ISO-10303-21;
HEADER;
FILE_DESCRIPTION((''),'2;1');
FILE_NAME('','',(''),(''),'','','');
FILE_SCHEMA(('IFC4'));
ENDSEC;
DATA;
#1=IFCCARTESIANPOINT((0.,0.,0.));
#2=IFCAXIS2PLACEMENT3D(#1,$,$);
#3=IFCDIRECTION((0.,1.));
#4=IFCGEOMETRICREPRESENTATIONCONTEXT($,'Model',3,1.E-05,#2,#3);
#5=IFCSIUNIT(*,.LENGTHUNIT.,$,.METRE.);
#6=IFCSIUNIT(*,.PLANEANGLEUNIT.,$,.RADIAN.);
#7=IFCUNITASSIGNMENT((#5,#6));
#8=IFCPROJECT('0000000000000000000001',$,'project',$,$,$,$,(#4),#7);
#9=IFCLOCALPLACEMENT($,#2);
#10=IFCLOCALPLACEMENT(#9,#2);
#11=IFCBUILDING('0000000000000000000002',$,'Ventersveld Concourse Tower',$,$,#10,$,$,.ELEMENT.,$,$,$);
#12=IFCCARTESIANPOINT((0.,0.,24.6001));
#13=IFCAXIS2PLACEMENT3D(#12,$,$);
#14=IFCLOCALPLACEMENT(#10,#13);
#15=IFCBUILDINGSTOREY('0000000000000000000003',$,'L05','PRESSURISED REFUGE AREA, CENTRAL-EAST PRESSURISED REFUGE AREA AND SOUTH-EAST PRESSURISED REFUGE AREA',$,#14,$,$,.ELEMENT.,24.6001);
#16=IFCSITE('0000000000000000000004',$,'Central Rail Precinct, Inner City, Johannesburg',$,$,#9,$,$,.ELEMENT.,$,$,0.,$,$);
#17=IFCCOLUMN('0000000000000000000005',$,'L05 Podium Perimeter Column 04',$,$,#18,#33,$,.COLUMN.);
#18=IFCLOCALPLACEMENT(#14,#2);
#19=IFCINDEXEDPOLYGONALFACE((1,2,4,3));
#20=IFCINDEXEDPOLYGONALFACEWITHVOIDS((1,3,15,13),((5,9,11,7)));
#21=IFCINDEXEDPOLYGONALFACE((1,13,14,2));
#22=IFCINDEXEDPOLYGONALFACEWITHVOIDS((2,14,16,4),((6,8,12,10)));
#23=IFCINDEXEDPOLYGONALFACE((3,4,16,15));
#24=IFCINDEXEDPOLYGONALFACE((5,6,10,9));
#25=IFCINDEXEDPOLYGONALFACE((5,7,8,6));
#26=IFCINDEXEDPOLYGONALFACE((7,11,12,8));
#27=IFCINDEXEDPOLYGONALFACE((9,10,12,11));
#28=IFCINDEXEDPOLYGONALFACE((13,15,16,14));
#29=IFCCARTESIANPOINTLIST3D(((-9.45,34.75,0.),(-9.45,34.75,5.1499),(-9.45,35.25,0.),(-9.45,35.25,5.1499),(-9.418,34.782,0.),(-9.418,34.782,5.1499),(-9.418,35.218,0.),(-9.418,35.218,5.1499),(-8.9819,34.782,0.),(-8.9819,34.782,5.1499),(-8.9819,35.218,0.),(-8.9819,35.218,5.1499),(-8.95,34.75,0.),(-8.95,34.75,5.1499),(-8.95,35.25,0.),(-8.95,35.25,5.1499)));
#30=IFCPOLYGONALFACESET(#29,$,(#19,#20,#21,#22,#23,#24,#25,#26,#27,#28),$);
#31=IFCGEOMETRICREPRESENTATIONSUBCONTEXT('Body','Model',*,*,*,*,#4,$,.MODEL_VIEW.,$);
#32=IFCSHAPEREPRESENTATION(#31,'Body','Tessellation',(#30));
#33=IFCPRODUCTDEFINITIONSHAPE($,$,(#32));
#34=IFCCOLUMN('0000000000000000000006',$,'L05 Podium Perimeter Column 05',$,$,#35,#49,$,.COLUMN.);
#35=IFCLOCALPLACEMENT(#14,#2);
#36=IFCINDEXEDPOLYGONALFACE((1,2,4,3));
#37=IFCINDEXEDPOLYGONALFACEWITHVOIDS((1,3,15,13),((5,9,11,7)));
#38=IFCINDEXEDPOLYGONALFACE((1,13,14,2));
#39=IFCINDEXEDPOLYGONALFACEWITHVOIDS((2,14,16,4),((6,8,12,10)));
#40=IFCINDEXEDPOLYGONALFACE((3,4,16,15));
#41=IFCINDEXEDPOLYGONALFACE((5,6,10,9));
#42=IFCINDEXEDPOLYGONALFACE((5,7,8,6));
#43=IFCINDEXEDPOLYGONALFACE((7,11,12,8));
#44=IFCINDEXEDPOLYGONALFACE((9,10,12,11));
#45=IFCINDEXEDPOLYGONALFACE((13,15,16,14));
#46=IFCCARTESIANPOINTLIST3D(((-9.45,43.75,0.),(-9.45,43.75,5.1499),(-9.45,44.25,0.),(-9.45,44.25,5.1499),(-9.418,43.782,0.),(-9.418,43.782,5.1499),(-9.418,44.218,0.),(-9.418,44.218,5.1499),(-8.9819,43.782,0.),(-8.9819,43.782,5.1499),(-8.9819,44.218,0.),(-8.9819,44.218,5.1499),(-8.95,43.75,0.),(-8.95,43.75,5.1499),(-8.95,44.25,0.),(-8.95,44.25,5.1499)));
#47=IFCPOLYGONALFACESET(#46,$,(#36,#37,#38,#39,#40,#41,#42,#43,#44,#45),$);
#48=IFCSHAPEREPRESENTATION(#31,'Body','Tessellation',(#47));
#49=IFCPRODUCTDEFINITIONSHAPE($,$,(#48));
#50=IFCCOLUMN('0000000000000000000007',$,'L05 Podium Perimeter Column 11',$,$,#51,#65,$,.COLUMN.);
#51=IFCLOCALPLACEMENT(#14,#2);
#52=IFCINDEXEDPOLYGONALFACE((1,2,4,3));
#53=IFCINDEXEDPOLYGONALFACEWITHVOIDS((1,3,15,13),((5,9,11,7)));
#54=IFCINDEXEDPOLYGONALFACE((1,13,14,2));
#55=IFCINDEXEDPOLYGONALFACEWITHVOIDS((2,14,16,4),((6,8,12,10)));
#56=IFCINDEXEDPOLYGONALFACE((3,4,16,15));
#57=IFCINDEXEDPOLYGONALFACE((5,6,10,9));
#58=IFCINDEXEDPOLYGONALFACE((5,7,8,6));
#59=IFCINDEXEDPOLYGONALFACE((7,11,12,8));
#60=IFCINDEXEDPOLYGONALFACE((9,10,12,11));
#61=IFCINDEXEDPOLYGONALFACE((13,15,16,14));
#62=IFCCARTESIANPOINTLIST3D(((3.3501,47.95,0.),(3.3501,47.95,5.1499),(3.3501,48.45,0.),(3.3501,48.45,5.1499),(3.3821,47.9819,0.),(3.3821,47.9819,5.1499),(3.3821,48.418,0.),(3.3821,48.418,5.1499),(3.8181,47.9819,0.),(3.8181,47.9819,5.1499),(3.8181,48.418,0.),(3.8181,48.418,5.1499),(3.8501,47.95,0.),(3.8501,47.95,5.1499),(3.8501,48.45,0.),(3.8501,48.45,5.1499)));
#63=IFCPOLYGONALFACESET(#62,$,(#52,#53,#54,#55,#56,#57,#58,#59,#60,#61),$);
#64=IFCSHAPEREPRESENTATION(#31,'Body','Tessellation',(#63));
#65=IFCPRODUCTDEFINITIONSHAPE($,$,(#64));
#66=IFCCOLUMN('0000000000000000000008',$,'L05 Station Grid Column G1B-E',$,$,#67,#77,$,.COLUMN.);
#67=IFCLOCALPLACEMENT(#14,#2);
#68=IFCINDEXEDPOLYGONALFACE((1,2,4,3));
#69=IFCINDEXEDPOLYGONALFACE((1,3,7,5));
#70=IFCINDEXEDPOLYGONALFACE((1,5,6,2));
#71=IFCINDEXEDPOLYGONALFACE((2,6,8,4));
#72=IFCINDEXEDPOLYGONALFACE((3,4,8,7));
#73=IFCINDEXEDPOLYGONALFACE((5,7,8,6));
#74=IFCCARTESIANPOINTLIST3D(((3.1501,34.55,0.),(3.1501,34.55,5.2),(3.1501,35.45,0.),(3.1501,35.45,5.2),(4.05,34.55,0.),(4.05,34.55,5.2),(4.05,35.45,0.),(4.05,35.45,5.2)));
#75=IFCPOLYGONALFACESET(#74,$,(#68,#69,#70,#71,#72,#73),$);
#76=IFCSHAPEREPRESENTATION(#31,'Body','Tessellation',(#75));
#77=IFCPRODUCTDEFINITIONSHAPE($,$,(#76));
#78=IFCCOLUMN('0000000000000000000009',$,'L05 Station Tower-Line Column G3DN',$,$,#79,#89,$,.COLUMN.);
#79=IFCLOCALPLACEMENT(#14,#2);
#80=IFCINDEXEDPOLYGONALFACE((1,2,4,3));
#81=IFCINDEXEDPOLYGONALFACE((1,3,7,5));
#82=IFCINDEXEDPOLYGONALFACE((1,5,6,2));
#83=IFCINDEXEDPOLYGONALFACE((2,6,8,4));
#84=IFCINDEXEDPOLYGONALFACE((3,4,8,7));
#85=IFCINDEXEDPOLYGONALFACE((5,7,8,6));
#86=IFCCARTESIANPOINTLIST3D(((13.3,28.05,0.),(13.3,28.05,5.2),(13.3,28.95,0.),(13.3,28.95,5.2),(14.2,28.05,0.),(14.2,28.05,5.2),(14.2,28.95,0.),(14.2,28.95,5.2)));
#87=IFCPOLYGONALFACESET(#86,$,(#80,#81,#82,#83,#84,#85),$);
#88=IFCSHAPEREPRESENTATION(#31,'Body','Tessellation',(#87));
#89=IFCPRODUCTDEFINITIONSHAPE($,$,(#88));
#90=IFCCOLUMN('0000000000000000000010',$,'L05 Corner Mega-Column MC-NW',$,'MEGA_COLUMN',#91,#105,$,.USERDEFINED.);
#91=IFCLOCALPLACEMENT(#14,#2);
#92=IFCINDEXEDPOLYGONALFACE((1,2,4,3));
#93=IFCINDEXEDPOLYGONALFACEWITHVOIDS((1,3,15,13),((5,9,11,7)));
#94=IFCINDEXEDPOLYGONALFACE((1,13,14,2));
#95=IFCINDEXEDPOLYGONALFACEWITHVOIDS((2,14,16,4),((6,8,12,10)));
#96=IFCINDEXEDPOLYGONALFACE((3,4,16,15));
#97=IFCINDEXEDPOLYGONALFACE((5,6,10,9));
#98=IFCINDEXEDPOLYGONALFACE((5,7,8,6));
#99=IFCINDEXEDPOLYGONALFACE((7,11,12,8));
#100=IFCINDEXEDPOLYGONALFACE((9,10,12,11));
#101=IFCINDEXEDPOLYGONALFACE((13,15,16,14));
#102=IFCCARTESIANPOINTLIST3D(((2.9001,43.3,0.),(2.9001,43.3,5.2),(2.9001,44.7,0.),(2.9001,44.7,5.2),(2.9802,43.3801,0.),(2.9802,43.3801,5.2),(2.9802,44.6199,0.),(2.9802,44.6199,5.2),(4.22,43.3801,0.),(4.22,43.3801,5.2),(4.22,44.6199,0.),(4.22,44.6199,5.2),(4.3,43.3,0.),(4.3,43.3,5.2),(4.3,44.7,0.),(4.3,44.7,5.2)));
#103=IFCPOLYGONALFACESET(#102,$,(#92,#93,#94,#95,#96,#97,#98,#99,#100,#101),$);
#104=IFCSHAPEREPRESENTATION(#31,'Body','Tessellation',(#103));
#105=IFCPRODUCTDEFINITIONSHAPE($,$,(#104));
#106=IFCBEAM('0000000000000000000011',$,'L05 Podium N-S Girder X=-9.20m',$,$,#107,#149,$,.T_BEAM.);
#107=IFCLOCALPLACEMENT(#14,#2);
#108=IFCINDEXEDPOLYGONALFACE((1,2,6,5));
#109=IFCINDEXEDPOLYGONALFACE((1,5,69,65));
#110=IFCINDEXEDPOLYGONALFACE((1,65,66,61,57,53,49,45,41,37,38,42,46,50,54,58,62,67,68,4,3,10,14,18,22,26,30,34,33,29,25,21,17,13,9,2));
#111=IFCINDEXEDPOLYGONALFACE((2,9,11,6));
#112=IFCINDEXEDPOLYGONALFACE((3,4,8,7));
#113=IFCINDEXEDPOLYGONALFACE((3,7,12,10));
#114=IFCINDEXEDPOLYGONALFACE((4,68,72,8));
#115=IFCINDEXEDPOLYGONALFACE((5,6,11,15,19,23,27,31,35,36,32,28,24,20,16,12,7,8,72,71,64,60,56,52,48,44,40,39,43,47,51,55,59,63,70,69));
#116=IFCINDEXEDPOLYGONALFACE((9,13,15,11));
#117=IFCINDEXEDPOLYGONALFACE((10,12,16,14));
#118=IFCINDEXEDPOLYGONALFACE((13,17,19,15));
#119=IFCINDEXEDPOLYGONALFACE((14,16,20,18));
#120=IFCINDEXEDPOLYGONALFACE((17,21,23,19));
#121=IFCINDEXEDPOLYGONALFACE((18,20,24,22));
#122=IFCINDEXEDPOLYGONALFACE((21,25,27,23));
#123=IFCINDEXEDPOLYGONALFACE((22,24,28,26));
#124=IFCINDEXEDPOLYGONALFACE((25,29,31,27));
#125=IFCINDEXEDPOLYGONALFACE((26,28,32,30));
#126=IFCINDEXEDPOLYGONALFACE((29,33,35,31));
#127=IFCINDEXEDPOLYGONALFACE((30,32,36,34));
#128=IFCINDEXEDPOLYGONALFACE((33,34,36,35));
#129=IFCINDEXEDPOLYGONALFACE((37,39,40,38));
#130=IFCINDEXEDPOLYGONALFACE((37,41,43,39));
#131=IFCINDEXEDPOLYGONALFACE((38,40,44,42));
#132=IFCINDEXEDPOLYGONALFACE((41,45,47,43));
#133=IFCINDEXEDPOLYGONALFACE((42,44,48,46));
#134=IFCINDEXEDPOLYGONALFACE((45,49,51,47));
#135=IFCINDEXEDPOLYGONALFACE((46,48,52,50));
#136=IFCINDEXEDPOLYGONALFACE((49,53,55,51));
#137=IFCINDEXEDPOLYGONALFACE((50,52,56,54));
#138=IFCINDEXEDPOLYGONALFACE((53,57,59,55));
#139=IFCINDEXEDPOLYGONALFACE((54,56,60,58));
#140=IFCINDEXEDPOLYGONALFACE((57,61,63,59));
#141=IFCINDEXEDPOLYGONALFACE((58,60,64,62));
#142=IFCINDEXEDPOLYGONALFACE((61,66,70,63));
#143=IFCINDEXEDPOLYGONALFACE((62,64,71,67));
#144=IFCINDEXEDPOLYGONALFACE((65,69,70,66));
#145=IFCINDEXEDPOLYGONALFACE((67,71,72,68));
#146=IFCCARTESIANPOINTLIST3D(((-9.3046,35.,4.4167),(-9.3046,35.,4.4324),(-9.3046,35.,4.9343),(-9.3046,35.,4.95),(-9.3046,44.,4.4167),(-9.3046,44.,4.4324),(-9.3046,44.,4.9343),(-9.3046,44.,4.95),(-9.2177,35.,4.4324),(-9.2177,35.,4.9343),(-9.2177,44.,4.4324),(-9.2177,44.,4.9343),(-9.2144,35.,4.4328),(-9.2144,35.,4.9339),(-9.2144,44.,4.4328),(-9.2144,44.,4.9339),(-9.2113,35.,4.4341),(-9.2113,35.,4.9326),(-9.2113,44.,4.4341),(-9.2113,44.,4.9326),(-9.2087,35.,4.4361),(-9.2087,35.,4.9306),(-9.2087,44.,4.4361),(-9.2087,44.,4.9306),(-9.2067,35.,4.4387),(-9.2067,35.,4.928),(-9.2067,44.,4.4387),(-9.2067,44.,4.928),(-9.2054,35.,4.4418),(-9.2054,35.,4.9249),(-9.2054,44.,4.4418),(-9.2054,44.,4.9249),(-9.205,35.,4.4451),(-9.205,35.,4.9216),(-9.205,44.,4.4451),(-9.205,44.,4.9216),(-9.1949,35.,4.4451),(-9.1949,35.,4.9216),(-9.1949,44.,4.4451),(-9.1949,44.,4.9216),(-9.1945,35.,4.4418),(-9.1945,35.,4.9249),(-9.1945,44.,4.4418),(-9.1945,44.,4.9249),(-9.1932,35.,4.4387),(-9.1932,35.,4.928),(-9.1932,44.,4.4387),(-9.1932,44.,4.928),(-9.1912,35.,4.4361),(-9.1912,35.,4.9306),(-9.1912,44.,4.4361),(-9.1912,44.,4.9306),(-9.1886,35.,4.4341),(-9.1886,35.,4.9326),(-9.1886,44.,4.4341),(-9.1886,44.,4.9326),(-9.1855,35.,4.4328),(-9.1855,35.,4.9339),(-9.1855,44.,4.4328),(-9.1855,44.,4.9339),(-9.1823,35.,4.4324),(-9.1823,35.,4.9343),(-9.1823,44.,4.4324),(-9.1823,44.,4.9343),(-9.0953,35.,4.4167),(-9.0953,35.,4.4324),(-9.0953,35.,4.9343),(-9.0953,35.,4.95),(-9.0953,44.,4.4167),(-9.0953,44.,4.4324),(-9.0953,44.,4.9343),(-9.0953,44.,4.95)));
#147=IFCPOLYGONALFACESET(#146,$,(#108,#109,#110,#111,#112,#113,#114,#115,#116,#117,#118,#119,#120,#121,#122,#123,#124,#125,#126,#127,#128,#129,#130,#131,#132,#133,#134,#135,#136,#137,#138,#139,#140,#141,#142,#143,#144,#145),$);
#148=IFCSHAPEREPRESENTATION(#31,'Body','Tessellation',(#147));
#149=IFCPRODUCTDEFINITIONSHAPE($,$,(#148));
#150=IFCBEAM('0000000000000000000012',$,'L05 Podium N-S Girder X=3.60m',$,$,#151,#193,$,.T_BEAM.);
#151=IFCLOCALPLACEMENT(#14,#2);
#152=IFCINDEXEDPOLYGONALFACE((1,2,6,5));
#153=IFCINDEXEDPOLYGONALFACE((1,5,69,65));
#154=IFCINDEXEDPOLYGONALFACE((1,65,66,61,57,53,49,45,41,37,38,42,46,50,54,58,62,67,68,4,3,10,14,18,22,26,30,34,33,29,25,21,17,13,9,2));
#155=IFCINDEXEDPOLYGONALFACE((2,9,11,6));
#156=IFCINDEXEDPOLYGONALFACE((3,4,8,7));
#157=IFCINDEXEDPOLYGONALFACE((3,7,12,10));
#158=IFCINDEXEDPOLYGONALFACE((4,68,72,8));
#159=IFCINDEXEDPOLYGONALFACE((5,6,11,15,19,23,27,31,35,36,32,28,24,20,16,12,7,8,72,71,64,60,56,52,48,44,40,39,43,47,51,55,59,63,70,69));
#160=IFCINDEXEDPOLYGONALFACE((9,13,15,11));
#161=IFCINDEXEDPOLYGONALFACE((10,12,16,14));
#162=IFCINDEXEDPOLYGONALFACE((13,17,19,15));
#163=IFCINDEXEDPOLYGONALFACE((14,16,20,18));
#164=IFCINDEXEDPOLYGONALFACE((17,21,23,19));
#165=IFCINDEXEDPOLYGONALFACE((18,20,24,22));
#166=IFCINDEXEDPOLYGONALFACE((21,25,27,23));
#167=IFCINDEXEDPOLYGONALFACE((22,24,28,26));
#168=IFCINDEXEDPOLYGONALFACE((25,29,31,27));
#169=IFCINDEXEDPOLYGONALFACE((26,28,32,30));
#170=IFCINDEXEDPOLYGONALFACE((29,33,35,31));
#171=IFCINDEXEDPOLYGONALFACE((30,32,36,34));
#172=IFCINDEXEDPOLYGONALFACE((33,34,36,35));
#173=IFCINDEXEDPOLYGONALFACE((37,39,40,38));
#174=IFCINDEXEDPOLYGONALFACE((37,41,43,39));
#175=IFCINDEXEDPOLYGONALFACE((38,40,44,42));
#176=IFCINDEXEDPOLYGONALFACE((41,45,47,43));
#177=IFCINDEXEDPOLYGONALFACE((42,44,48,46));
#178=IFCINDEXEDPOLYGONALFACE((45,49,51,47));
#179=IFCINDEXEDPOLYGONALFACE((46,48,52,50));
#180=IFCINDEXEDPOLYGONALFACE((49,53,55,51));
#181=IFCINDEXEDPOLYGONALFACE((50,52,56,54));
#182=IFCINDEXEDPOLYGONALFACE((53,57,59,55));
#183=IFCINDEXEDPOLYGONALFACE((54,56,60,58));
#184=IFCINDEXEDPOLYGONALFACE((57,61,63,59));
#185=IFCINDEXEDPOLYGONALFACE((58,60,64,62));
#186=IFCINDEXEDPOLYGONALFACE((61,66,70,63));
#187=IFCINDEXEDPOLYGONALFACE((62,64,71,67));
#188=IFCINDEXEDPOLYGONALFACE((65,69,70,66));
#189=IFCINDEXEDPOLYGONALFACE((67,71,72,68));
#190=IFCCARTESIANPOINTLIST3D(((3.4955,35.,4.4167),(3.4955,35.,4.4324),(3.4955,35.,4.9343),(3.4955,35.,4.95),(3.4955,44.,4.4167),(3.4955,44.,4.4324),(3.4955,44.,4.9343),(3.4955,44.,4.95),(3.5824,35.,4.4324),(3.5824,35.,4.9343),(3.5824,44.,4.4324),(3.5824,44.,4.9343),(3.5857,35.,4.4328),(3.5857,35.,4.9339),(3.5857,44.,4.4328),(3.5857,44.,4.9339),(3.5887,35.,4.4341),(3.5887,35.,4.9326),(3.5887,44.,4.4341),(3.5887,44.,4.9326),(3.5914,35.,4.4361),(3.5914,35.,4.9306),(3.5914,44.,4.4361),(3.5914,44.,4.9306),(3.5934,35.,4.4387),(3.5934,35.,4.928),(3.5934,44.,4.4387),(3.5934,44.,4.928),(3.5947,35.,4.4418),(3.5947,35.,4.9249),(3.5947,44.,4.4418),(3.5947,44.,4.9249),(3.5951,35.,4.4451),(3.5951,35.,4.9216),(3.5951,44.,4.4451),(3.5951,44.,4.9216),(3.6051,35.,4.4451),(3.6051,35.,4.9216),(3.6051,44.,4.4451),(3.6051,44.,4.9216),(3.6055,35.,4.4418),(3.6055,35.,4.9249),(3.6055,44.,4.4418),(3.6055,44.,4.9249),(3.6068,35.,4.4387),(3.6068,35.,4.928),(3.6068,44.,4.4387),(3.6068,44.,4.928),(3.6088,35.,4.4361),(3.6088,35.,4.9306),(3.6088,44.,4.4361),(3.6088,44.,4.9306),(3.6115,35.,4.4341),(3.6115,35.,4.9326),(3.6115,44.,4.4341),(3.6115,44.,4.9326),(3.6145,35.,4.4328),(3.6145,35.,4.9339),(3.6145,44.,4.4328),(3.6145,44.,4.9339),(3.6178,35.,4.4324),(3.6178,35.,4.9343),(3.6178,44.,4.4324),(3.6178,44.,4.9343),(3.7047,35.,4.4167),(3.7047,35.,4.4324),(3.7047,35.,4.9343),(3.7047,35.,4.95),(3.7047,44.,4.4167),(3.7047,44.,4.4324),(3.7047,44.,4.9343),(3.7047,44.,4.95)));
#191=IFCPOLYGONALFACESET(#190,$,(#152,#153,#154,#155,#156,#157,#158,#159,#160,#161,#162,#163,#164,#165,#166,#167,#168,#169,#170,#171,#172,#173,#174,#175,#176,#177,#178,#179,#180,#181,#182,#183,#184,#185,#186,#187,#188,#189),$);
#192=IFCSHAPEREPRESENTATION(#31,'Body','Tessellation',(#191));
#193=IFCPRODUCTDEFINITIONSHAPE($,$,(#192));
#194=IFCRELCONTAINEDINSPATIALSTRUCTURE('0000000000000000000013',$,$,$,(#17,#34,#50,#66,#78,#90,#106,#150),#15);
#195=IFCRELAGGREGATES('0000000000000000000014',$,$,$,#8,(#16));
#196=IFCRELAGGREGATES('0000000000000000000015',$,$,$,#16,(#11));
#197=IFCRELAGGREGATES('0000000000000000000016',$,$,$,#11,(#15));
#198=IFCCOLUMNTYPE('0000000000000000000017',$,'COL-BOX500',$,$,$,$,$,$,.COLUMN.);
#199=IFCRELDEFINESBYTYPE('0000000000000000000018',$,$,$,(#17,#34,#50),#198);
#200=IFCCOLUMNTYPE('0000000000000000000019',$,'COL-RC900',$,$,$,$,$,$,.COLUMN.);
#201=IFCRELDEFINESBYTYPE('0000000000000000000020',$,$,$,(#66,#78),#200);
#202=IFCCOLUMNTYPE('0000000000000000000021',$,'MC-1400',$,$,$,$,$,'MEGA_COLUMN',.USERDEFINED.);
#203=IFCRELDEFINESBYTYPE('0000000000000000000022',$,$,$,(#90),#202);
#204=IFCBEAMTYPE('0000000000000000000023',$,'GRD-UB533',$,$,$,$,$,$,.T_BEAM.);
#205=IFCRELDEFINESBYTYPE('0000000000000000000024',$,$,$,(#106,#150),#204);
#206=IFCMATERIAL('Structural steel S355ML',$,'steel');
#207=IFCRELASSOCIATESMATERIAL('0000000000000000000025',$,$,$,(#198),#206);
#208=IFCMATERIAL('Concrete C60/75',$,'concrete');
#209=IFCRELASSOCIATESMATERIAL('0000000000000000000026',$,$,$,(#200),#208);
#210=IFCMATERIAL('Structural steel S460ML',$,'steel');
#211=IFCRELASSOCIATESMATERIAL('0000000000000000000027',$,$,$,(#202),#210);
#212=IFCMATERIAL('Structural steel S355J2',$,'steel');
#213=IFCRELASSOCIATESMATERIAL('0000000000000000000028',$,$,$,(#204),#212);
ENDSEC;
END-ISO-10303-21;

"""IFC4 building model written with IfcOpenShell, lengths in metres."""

from ifc_helpers import new_model, si_unit, direction, frame, origin, origin_2d, place, context, subcontext, project, spatial, rectangle, hollow_rectangle, i_section, extrude, material, material_profile, profile_set, type_object, element, save


model = new_model("IFC4")

# Units and contexts
model_context = context("Model", 3, precision=1e-05, world=origin(), true_north=direction((0.0, 1.0)))
body_context = subcontext(model_context, "Body", "Model", "MODEL_VIEW")
ifc_project = project(units=[si_unit("LENGTHUNIT", "METRE"), si_unit("PLANEANGLEUNIT", "RADIAN")], contexts=[model_context])

# Site, building, storey
site_placement = place(None, origin())
site = spatial("IfcSite", under=ifc_project, at=site_placement, Name="Central Rail Precinct, Inner City, Johannesburg", CompositionType="ELEMENT", RefElevation=0.0)
building_placement = place(site_placement, origin())
building = spatial("IfcBuilding", under=site, at=building_placement, Name="Ventersveld Concourse Tower", CompositionType="ELEMENT")
storey_placement = place(building_placement, frame((0.0, 0.0, 24.6001)))
storey = spatial("IfcBuildingStorey", under=building, at=storey_placement, Name="L05", Description="PRESSURISED REFUGE AREA, CENTRAL-EAST PRESSURISED REFUGE AREA AND SOUTH-EAST PRESSURISED REFUGE AREA", CompositionType="ELEMENT", Elevation=24.6001)

# Columns
ifc_material_1 = material(Name="Structural steel S355ML", Category="steel")
ifc_material_profile_1 = material_profile(ifc_material_1, hollow_rectangle(XDim=0.5, YDim=0.5, WallThickness=0.032, at=origin_2d()), Name="BOX 500x500x32")
ifc_profile_set_1 = profile_set([ifc_material_profile_1], Name="Structural steel S355ML")
column_type_1 = type_object("IfcColumnType", Name="COL-BOX500", PredefinedType="COLUMN", material=ifc_profile_set_1)
for number, where, z_axis, x_axis, name in (
    (1, (-9.2, 35.0, 0.0), (0.0, 0.0, 1.0), (1.0, 0.0, 0.0), "L05 Podium Perimeter Column 04"),
    (2, (-9.2, 44.0, 0.0), (0.0, 0.0, 1.0), (1.0, 0.0, 0.0), "L05 Podium Perimeter Column 05"),
    (3, (3.6001, 48.2, 0.0), (0.0, 0.0, 1.0), (1.0, 0.0, 0.0), "L05 Podium Perimeter Column 11"),
):
    element("IfcColumn", number, at=place(storey_placement, frame(where, z_axis=z_axis, x_axis=x_axis)), inside=storey, type_object=column_type_1, Name=name, PredefinedType="COLUMN", context=body_context, shape_type="SweptSolid", body=[
        extrude(hollow_rectangle(XDim=0.5, YDim=0.5, WallThickness=0.032, at=origin_2d()), origin(), (0.0, 0.0, 1.0), 5.1499),
    ])
ifc_material_2 = material(Name="Concrete C60/75", Category="concrete")
ifc_material_profile_2 = material_profile(ifc_material_2, rectangle(XDim=0.8999, YDim=0.8999, at=origin_2d()), Name="RC 900x900")
ifc_profile_set_2 = profile_set([ifc_material_profile_2], Name="Concrete C60/75")
column_type_2 = type_object("IfcColumnType", Name="COL-RC900", PredefinedType="COLUMN", material=ifc_profile_set_2)
for number, where, z_axis, x_axis, name in (
    (4, (3.6001, 35.0, 0.0), (0.0, 0.0, 1.0), (1.0, 0.0, 0.0), "L05 Station Grid Column G1B-E"),
    (5, (13.75, 28.5, 0.0), (0.0, 0.0, 1.0), (1.0, 0.0, 0.0), "L05 Station Tower-Line Column G3DN"),
):
    element("IfcColumn", number, at=place(storey_placement, frame(where, z_axis=z_axis, x_axis=x_axis)), inside=storey, type_object=column_type_2, Name=name, PredefinedType="COLUMN", context=body_context, shape_type="SweptSolid", body=[
        extrude(rectangle(XDim=0.8999, YDim=0.8999, at=origin_2d()), origin(), (0.0, 0.0, 1.0), 5.2),
    ])
ifc_material_3 = material(Name="Structural steel S460ML", Category="steel")
ifc_material_profile_3 = material_profile(ifc_material_3, hollow_rectangle(XDim=1.3999, YDim=1.3999, WallThickness=0.0801, at=origin_2d()), Name="BOX 1400x1400x80")
ifc_profile_set_3 = profile_set([ifc_material_profile_3], Name="Structural steel S460ML")
column_type_3 = type_object("IfcColumnType", Name="MC-1400", ElementType="MEGA_COLUMN", PredefinedType="USERDEFINED", material=ifc_profile_set_3)
column_placement = place(storey_placement, frame((3.6001, 44.0, 0.0), z_axis=(0.0, 0.0, 1.0), x_axis=(1.0, 0.0, 0.0)))
element("IfcColumn", 6, at=column_placement, inside=storey, type_object=column_type_3, Name="L05 Corner Mega-Column MC-NW", ObjectType="MEGA_COLUMN", PredefinedType="USERDEFINED", context=body_context, shape_type="SweptSolid", body=[
    extrude(hollow_rectangle(XDim=1.3999, YDim=1.3999, WallThickness=0.0801, at=origin_2d()), origin(), (0.0, 0.0, 1.0), 5.2),
])

# Beams
ifc_material_4 = material(Name="Structural steel S355J2", Category="steel")
ifc_material_profile_4 = material_profile(ifc_material_4, i_section(OverallWidth=0.2092, OverallDepth=0.5332, WebThickness=0.01, FlangeThickness=0.0156, FilletRadius=0.0127, at=origin_2d()), Name="UB 533x210x92")
ifc_profile_set_4 = profile_set([ifc_material_profile_4], Name="Structural steel S355J2")
beam_type_1 = type_object("IfcBeamType", Name="GRD-UB533", PredefinedType="T_BEAM", material=ifc_profile_set_4)
for number, where, z_axis, x_axis, name in (
    (7, (-9.2, 35.0, 4.6833), (0.0, 1.0, 0.0), (-1.0, 0.0, 0.0), "L05 Podium N-S Girder X=-9.20m"),
    (8, (3.6001, 35.0, 4.6833), (0.0, 1.0, 0.0), (-1.0, 0.0, 0.0), "L05 Podium N-S Girder X=3.60m"),
):
    element("IfcBeam", number, at=place(storey_placement, frame(where, z_axis=z_axis, x_axis=x_axis)), inside=storey, type_object=beam_type_1, Name=name, PredefinedType="T_BEAM", context=body_context, shape_type="SweptSolid", body=[
        extrude(i_section(OverallWidth=0.2092, OverallDepth=0.5332, WebThickness=0.01, FlangeThickness=0.0156, FilletRadius=0.0127, at=origin_2d()), origin(), (0.0, 0.0, 1.0), 9.0),
    ])

save(model, "model.ifc")
